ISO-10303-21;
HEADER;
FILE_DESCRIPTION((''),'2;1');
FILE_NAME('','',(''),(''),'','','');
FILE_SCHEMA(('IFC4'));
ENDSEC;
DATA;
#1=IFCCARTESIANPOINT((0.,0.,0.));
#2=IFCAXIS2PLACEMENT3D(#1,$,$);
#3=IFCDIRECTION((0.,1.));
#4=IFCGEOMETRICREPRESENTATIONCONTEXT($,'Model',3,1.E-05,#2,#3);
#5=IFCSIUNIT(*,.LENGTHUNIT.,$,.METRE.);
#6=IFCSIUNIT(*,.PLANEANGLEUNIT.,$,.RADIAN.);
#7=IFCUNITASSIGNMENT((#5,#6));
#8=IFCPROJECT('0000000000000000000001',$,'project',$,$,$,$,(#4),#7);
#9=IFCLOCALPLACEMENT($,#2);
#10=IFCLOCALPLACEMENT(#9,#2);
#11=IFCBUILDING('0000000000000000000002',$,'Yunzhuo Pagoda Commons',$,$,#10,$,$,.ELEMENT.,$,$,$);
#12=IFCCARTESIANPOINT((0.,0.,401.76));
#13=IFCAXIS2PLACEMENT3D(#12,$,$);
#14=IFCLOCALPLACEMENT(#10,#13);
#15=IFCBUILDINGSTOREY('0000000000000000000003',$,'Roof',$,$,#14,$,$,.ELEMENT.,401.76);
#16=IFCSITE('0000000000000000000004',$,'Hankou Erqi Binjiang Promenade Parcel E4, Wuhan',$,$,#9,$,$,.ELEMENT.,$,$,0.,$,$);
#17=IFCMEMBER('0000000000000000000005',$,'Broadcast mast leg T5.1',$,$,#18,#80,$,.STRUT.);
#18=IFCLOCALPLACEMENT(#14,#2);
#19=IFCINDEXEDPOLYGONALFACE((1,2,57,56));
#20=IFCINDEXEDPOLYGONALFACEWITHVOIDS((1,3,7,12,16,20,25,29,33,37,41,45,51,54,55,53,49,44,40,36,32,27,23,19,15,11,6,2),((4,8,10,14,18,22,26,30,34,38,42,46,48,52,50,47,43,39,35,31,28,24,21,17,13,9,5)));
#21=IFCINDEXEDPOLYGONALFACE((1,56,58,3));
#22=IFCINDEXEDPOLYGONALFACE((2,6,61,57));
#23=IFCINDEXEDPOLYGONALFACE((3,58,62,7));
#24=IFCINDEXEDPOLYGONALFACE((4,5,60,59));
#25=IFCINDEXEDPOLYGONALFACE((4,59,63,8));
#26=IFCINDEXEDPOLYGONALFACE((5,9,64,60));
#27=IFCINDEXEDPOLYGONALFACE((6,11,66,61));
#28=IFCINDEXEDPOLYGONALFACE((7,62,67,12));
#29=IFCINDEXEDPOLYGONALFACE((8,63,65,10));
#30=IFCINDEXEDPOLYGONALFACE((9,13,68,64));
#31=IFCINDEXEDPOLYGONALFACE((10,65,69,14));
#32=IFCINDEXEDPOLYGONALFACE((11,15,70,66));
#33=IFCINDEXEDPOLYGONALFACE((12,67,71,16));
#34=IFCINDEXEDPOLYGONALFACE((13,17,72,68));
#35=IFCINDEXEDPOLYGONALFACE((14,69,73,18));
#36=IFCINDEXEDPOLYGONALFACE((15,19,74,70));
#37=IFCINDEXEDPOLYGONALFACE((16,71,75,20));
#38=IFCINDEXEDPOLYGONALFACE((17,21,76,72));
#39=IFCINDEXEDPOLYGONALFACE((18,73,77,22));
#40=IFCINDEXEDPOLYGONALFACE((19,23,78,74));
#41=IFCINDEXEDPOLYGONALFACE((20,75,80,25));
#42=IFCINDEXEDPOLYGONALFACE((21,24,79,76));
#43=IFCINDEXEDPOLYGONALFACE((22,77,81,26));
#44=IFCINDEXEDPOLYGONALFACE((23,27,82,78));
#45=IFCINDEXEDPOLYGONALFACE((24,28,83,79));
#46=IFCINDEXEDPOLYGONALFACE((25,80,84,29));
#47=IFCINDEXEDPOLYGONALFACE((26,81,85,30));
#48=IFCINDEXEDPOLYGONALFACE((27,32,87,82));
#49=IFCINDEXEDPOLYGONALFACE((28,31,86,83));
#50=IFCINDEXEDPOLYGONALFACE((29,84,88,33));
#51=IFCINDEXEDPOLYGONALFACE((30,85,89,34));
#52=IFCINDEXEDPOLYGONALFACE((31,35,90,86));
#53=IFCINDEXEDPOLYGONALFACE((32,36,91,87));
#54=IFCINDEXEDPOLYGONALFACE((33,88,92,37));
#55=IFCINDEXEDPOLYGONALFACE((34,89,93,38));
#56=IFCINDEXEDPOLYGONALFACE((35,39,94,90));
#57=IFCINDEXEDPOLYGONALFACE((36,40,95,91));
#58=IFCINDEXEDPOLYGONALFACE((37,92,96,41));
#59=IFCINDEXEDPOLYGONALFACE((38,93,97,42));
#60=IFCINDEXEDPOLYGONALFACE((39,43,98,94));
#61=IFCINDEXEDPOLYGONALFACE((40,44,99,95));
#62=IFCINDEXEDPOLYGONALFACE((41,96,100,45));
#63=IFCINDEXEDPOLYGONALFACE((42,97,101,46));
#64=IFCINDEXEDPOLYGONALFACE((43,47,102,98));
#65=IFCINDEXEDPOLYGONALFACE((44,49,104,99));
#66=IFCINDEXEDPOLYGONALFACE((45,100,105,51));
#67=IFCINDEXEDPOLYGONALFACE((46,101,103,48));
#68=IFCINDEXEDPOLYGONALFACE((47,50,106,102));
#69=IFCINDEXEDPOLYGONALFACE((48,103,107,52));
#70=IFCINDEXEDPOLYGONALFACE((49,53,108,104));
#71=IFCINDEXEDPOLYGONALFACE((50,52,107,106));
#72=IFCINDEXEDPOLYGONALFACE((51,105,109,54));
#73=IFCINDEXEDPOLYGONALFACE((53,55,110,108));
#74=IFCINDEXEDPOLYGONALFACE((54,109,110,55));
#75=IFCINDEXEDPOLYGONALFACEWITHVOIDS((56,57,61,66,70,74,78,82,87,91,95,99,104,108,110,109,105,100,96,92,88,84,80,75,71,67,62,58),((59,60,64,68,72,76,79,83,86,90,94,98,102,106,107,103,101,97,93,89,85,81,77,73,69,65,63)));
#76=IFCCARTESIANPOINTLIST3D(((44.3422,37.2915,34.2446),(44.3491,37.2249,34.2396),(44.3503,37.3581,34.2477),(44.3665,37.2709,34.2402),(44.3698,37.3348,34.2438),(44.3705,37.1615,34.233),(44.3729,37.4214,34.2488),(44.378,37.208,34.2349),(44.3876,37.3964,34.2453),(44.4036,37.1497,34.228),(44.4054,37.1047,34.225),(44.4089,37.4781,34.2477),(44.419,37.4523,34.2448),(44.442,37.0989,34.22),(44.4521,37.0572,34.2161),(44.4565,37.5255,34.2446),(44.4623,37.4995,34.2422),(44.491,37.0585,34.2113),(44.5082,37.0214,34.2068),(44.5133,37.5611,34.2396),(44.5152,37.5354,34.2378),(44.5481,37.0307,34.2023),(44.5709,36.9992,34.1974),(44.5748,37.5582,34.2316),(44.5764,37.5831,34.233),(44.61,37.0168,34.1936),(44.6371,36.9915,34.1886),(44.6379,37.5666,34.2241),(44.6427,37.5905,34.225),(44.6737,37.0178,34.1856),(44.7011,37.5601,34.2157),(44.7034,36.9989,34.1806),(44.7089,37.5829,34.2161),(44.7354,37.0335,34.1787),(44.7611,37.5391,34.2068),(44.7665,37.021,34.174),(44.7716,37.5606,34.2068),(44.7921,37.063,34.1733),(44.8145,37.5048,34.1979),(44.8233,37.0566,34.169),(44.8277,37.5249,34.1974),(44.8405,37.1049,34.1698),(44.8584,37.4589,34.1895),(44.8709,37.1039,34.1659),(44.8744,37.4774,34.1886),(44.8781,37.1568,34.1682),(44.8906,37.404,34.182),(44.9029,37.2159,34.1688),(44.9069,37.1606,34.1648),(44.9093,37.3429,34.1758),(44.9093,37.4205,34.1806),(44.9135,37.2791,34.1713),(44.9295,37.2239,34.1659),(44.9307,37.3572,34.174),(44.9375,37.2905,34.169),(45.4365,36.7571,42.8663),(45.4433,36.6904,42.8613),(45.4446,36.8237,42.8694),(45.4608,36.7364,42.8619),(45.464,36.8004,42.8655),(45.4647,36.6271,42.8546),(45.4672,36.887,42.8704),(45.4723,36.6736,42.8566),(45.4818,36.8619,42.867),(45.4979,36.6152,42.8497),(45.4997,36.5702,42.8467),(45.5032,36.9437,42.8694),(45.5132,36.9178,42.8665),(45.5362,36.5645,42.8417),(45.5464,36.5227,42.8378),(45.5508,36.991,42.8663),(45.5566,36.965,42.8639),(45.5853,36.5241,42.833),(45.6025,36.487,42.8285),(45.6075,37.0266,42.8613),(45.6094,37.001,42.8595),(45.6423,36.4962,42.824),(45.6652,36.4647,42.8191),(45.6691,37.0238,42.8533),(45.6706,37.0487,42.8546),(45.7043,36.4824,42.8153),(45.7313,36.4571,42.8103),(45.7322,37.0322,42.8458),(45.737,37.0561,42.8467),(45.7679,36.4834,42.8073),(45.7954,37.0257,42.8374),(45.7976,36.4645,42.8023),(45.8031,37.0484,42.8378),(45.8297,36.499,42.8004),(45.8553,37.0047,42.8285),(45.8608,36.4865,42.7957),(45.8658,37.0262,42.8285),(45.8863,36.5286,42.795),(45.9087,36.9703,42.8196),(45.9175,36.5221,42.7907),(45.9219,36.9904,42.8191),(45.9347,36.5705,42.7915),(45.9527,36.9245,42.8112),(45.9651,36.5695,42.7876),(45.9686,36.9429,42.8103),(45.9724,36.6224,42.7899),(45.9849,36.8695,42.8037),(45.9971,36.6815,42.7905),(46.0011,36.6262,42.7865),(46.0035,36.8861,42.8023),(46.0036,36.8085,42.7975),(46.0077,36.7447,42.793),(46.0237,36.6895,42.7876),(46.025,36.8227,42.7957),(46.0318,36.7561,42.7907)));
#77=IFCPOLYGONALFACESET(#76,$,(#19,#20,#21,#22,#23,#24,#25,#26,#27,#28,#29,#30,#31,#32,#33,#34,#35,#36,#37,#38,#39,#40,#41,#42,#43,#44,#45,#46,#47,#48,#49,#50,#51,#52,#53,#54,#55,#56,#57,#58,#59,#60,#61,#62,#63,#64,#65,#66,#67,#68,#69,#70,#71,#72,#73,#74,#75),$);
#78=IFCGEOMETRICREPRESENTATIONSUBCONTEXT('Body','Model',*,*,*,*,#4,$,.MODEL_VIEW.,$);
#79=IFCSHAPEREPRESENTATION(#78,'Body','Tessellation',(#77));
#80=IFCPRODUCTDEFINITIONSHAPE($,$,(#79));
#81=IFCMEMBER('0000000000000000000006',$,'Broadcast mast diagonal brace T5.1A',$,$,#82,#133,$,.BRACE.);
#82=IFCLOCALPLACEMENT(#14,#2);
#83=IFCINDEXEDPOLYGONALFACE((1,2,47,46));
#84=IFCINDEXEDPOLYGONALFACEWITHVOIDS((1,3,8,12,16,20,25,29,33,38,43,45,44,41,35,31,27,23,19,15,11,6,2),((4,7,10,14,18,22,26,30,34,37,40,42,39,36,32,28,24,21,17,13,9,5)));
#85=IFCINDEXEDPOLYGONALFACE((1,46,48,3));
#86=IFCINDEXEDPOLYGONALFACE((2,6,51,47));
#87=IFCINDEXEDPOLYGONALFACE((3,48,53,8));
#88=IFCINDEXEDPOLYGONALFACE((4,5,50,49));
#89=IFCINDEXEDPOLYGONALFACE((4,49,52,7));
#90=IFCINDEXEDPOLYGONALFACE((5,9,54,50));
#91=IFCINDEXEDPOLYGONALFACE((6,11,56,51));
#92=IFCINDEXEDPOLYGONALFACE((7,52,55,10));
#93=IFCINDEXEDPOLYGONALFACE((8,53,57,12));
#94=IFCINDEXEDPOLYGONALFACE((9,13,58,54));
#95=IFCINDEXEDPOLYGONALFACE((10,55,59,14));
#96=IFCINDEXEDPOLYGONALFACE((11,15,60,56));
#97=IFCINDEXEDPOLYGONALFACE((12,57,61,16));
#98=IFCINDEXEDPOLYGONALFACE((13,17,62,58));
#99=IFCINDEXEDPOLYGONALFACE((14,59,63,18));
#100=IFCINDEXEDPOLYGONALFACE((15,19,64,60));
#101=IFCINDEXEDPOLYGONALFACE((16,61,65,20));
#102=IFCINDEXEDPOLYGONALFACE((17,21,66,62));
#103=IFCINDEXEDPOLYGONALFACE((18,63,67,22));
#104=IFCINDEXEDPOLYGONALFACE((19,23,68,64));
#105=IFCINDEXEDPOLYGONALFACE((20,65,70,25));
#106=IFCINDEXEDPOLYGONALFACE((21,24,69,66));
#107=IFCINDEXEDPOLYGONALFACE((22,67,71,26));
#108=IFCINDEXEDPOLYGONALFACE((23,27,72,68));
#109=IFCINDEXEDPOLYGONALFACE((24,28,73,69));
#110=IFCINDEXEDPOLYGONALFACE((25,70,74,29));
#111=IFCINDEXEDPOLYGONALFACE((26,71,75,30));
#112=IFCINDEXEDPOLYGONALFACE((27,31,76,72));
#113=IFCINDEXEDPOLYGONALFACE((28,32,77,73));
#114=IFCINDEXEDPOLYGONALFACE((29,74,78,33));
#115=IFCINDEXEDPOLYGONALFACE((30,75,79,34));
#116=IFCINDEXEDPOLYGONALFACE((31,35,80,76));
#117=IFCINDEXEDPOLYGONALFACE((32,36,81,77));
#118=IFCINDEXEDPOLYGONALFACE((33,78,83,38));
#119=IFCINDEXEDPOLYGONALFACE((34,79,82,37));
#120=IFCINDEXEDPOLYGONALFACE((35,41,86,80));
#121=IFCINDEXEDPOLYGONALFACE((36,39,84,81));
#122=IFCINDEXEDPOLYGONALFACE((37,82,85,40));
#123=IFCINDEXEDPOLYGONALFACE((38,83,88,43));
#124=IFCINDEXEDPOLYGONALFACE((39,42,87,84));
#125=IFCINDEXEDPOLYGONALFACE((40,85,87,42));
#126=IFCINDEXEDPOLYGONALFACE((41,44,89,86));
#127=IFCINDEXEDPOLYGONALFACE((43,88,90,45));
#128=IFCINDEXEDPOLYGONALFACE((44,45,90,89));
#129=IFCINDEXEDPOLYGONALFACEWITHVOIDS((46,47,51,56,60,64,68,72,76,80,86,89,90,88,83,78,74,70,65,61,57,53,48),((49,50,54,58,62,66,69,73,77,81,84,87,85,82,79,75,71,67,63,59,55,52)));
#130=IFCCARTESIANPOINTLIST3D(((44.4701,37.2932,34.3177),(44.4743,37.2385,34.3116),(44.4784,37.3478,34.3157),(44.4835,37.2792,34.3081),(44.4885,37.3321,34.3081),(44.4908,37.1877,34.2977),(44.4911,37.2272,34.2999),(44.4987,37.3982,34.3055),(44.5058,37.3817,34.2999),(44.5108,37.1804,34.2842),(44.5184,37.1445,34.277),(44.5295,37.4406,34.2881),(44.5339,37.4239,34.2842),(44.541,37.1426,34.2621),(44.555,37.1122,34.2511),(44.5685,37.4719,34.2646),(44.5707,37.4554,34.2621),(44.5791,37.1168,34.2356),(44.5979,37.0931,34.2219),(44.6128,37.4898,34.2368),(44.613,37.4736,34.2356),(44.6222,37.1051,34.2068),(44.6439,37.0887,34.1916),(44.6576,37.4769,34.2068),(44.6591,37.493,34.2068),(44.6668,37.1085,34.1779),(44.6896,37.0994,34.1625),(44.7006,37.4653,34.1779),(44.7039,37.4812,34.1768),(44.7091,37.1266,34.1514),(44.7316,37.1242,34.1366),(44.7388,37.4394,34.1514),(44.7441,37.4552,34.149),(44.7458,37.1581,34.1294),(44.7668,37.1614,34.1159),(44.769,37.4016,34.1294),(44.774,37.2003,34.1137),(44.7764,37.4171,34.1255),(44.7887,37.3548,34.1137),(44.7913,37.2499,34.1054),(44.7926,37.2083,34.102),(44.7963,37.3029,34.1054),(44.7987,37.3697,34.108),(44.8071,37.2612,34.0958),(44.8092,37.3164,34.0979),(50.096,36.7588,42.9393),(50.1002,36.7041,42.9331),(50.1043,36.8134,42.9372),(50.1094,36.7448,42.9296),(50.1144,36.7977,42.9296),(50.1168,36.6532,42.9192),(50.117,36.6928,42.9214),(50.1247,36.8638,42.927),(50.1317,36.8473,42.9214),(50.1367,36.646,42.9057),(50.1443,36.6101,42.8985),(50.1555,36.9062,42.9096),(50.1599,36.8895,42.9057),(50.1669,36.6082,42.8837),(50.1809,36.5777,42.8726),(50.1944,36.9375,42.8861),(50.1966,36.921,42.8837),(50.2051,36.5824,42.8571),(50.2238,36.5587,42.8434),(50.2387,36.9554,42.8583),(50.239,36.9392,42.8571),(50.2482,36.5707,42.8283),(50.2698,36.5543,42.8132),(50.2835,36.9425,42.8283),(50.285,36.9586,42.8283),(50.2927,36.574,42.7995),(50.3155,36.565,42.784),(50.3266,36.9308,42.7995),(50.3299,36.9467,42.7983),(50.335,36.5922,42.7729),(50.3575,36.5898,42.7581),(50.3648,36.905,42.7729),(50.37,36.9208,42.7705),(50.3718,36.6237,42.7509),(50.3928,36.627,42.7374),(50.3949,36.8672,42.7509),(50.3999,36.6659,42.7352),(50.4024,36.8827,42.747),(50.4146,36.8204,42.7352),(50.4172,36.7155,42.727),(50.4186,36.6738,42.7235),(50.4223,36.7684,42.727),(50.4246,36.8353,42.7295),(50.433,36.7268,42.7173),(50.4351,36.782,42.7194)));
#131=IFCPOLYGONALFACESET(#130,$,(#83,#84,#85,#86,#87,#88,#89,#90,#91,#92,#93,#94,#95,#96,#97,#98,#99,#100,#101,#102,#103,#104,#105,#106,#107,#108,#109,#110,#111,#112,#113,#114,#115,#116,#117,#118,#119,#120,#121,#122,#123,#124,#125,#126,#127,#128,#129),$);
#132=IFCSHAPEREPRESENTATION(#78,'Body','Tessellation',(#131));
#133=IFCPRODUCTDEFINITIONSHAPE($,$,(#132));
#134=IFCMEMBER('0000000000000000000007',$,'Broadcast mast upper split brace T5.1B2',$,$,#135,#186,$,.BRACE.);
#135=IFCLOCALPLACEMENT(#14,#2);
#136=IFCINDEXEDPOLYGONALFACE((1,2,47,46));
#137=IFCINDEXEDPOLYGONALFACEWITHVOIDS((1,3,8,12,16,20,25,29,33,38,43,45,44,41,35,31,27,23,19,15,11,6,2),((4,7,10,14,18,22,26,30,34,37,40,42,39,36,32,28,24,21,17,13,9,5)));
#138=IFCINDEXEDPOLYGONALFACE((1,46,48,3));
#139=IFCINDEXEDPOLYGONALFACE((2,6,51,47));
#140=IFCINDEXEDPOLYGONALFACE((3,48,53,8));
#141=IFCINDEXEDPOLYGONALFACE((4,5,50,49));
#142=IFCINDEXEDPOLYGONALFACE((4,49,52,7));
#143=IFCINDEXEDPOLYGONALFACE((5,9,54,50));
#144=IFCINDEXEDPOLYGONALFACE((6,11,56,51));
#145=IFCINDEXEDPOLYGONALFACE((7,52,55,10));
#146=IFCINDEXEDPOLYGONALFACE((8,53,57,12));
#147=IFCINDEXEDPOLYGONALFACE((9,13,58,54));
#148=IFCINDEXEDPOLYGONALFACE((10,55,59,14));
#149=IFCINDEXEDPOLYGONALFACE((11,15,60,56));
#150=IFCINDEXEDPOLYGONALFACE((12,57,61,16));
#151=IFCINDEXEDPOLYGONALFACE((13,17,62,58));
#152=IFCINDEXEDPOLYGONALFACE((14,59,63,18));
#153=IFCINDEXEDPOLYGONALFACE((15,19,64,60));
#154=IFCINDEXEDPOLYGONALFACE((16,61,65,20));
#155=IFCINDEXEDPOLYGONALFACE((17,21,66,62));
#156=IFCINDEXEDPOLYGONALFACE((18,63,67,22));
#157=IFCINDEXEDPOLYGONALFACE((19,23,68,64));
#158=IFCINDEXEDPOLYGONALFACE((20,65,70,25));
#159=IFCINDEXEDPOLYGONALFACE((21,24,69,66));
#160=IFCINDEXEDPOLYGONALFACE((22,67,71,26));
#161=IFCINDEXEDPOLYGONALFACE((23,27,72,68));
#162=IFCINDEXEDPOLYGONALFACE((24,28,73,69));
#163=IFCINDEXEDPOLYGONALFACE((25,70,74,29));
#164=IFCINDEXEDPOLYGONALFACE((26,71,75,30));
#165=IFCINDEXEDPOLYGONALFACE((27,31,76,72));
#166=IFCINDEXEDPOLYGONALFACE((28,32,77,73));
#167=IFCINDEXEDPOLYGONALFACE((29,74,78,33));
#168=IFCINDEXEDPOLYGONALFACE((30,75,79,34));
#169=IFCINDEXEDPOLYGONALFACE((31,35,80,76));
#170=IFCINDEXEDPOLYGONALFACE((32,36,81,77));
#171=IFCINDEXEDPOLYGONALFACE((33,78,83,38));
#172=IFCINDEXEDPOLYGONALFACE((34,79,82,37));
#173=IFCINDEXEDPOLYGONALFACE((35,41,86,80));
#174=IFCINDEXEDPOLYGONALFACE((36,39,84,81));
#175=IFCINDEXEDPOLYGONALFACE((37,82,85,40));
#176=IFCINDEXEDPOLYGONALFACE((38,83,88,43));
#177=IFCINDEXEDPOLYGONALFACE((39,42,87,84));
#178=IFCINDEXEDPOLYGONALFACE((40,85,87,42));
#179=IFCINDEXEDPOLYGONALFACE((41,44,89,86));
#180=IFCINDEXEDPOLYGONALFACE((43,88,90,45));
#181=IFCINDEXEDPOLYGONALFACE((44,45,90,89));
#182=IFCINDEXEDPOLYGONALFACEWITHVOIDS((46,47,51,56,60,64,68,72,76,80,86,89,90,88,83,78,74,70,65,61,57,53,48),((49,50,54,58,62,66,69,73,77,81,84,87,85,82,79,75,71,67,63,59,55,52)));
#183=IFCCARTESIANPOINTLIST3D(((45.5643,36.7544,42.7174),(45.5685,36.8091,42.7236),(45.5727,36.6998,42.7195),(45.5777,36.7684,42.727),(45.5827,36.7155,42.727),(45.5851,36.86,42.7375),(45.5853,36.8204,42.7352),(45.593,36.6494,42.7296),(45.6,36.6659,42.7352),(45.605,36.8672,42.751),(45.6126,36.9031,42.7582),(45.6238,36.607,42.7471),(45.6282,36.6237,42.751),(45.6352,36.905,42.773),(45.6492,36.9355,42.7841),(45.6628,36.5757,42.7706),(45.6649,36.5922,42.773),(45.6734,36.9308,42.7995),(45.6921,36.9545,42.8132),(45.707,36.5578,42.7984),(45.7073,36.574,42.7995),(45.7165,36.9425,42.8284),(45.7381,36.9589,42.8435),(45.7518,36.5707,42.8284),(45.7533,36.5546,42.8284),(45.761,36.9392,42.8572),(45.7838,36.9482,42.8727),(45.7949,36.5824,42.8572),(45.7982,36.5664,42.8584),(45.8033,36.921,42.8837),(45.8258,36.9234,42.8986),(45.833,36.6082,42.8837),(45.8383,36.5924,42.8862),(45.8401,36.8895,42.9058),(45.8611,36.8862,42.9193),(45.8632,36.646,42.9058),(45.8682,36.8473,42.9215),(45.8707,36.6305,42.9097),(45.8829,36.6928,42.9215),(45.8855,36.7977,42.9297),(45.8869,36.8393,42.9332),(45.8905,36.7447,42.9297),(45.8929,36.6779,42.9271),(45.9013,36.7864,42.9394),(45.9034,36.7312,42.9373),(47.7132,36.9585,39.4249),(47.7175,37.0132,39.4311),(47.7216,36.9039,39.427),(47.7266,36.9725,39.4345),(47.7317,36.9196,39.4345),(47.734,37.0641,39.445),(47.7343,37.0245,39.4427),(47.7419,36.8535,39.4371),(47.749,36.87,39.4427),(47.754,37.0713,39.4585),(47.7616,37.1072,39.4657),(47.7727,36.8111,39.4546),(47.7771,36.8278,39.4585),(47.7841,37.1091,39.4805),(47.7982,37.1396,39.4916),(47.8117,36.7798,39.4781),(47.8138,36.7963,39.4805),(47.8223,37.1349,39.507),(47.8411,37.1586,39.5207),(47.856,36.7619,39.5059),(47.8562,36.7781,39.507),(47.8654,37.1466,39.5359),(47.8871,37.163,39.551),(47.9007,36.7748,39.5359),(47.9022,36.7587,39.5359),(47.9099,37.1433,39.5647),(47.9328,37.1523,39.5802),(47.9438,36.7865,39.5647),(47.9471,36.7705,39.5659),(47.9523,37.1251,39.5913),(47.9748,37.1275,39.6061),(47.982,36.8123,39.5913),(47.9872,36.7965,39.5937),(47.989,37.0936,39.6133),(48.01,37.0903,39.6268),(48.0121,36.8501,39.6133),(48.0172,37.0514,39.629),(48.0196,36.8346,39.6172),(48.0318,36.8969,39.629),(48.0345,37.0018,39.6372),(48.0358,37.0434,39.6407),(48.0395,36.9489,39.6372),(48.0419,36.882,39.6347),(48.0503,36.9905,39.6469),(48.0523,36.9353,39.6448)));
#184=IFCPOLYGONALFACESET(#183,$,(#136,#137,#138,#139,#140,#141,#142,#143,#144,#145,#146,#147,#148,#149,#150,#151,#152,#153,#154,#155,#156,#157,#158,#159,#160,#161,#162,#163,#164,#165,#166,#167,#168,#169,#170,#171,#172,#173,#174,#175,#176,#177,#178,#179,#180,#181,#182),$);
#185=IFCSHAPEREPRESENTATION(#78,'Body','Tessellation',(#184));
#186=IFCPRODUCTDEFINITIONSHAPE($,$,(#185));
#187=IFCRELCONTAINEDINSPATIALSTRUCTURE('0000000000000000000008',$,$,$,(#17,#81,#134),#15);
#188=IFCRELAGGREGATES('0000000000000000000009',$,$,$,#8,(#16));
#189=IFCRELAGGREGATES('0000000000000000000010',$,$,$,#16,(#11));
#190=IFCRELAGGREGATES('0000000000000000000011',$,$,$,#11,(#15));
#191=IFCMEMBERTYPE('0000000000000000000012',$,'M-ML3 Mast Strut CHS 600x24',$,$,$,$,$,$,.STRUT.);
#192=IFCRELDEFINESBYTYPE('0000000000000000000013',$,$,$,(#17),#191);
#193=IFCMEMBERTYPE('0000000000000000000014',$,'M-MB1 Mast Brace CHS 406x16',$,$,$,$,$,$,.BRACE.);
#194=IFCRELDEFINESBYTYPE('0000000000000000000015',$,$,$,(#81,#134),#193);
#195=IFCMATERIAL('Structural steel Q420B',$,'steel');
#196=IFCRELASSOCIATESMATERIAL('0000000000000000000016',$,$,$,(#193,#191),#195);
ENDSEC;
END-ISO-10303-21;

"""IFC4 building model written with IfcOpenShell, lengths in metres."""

from ifc_helpers import new_model, si_unit, direction, frame, origin, origin_2d, place, context, subcontext, project, spatial, hollow_circle, extrude, source, transform, mapped, material, material_profile, profile_set, type_object, element, save


model = new_model("IFC4")

# Units and contexts
model_context = context("Model", 3, precision=1e-05, world=origin(), true_north=direction((0.0, 1.0)))
body_context = subcontext(model_context, "Body", "Model", "MODEL_VIEW")
ifc_project = project(units=[si_unit("LENGTHUNIT", "METRE"), si_unit("PLANEANGLEUNIT", "RADIAN")], contexts=[model_context])

# Site, building, storey
site_placement = place(None, origin())
site = spatial("IfcSite", under=ifc_project, at=site_placement, Name="Hankou Erqi Binjiang Promenade Parcel E4, Wuhan", CompositionType="ELEMENT", RefElevation=0.0)
building_placement = place(site_placement, origin())
building = spatial("IfcBuilding", under=site, at=building_placement, Name="Yunzhuo Pagoda Commons", CompositionType="ELEMENT")
storey_placement = place(building_placement, frame((0.0, 0.0, 401.76)))
storey = spatial("IfcBuildingStorey", under=building, at=storey_placement, Name="Roof", CompositionType="ELEMENT", Elevation=401.76)

# Members
ifc_material_1 = material(Name="Structural steel Q420B", Category="steel")
ifc_material_profile_1 = material_profile(ifc_material_1, hollow_circle(Radius=0.2029, WallThickness=0.0161, at=origin_2d()), Name="Structural steel Q420B")
ifc_profile_set_1 = profile_set([ifc_material_profile_1], Name="Structural steel Q420B")
member_type_1 = type_object("IfcMemberType", Name="M-MB1 Mast Brace CHS 406x16", PredefinedType="BRACE", material=ifc_profile_set_1)
ifc_material_profile_2 = material_profile(ifc_material_1, hollow_circle(Radius=0.3, WallThickness=0.0239, at=origin_2d()), Name="Structural steel Q420B")
ifc_profile_set_2 = profile_set([ifc_material_profile_2], Name="Structural steel Q420B")
member_type_2 = type_object("IfcMemberType", Name="M-ML3 Mast Strut CHS 600x24", PredefinedType="STRUT", material=ifc_profile_set_2)
shared_shape_1 = source(origin(), body_context, "Body", "SweptSolid", [
    extrude(hollow_circle(Radius=0.3, WallThickness=0.0239, at=origin_2d()), origin(), (0.0, 0.0, 1.0), 8.7073),
])
member_1_placement = place(storey_placement, frame((44.6399, 37.291, 34.2068), z_axis=(0.125671, -0.061378, 0.990171), x_axis=(0.438854, 0.898558, 0.0)))
element("IfcMember", 1, at=member_1_placement, inside=storey, type_object=member_type_2, Name="Broadcast mast leg T5.1", PredefinedType="STRUT", context=body_context, shape_type="MappedRepresentation", body=[
    mapped(shared_shape_1, transform((0.0, 0.0, 0.0), scale=1.0)),
])
shared_shape_2 = source(origin(), body_context, "Body", "SweptSolid", [
    extrude(hollow_circle(Radius=0.2029, WallThickness=0.0161, at=origin_2d()), origin(), (0.0, 0.0, 1.0), 10.3086),
])
member_2_placement = place(storey_placement, frame((44.6399, 37.291, 34.2068), z_axis=(0.545751, -0.051842, 0.836342), x_axis=(0.094566, 0.995519, 0.0)))
element("IfcMember", 2, at=member_2_placement, inside=storey, type_object=member_type_1, Name="Broadcast mast diagonal brace T5.1A", PredefinedType="BRACE", context=body_context, shape_type="MappedRepresentation", body=[
    mapped(shared_shape_2, transform((0.0, 0.0, 0.0), scale=1.0)),
])
shared_shape_3 = source(origin(), body_context, "Body", "SweptSolid", [
    extrude(hollow_circle(Radius=0.2029, WallThickness=0.0161, at=origin_2d()), origin(), (0.0, 0.0, 1.0), 3.937),
])
member_3_placement = place(storey_placement, frame((47.8831, 36.9607, 39.5359), z_axis=(-0.545828, -0.051842, 0.836292), x_axis=(0.094553, -0.99552, 0.0)))
element("IfcMember", 3, at=member_3_placement, inside=storey, type_object=member_type_1, Name="Broadcast mast upper split brace T5.1B2", PredefinedType="BRACE", context=body_context, shape_type="MappedRepresentation", body=[
    mapped(shared_shape_3, transform((0.0, 0.0, 0.0), scale=1.0)),
])

save(model, "model.ifc")
